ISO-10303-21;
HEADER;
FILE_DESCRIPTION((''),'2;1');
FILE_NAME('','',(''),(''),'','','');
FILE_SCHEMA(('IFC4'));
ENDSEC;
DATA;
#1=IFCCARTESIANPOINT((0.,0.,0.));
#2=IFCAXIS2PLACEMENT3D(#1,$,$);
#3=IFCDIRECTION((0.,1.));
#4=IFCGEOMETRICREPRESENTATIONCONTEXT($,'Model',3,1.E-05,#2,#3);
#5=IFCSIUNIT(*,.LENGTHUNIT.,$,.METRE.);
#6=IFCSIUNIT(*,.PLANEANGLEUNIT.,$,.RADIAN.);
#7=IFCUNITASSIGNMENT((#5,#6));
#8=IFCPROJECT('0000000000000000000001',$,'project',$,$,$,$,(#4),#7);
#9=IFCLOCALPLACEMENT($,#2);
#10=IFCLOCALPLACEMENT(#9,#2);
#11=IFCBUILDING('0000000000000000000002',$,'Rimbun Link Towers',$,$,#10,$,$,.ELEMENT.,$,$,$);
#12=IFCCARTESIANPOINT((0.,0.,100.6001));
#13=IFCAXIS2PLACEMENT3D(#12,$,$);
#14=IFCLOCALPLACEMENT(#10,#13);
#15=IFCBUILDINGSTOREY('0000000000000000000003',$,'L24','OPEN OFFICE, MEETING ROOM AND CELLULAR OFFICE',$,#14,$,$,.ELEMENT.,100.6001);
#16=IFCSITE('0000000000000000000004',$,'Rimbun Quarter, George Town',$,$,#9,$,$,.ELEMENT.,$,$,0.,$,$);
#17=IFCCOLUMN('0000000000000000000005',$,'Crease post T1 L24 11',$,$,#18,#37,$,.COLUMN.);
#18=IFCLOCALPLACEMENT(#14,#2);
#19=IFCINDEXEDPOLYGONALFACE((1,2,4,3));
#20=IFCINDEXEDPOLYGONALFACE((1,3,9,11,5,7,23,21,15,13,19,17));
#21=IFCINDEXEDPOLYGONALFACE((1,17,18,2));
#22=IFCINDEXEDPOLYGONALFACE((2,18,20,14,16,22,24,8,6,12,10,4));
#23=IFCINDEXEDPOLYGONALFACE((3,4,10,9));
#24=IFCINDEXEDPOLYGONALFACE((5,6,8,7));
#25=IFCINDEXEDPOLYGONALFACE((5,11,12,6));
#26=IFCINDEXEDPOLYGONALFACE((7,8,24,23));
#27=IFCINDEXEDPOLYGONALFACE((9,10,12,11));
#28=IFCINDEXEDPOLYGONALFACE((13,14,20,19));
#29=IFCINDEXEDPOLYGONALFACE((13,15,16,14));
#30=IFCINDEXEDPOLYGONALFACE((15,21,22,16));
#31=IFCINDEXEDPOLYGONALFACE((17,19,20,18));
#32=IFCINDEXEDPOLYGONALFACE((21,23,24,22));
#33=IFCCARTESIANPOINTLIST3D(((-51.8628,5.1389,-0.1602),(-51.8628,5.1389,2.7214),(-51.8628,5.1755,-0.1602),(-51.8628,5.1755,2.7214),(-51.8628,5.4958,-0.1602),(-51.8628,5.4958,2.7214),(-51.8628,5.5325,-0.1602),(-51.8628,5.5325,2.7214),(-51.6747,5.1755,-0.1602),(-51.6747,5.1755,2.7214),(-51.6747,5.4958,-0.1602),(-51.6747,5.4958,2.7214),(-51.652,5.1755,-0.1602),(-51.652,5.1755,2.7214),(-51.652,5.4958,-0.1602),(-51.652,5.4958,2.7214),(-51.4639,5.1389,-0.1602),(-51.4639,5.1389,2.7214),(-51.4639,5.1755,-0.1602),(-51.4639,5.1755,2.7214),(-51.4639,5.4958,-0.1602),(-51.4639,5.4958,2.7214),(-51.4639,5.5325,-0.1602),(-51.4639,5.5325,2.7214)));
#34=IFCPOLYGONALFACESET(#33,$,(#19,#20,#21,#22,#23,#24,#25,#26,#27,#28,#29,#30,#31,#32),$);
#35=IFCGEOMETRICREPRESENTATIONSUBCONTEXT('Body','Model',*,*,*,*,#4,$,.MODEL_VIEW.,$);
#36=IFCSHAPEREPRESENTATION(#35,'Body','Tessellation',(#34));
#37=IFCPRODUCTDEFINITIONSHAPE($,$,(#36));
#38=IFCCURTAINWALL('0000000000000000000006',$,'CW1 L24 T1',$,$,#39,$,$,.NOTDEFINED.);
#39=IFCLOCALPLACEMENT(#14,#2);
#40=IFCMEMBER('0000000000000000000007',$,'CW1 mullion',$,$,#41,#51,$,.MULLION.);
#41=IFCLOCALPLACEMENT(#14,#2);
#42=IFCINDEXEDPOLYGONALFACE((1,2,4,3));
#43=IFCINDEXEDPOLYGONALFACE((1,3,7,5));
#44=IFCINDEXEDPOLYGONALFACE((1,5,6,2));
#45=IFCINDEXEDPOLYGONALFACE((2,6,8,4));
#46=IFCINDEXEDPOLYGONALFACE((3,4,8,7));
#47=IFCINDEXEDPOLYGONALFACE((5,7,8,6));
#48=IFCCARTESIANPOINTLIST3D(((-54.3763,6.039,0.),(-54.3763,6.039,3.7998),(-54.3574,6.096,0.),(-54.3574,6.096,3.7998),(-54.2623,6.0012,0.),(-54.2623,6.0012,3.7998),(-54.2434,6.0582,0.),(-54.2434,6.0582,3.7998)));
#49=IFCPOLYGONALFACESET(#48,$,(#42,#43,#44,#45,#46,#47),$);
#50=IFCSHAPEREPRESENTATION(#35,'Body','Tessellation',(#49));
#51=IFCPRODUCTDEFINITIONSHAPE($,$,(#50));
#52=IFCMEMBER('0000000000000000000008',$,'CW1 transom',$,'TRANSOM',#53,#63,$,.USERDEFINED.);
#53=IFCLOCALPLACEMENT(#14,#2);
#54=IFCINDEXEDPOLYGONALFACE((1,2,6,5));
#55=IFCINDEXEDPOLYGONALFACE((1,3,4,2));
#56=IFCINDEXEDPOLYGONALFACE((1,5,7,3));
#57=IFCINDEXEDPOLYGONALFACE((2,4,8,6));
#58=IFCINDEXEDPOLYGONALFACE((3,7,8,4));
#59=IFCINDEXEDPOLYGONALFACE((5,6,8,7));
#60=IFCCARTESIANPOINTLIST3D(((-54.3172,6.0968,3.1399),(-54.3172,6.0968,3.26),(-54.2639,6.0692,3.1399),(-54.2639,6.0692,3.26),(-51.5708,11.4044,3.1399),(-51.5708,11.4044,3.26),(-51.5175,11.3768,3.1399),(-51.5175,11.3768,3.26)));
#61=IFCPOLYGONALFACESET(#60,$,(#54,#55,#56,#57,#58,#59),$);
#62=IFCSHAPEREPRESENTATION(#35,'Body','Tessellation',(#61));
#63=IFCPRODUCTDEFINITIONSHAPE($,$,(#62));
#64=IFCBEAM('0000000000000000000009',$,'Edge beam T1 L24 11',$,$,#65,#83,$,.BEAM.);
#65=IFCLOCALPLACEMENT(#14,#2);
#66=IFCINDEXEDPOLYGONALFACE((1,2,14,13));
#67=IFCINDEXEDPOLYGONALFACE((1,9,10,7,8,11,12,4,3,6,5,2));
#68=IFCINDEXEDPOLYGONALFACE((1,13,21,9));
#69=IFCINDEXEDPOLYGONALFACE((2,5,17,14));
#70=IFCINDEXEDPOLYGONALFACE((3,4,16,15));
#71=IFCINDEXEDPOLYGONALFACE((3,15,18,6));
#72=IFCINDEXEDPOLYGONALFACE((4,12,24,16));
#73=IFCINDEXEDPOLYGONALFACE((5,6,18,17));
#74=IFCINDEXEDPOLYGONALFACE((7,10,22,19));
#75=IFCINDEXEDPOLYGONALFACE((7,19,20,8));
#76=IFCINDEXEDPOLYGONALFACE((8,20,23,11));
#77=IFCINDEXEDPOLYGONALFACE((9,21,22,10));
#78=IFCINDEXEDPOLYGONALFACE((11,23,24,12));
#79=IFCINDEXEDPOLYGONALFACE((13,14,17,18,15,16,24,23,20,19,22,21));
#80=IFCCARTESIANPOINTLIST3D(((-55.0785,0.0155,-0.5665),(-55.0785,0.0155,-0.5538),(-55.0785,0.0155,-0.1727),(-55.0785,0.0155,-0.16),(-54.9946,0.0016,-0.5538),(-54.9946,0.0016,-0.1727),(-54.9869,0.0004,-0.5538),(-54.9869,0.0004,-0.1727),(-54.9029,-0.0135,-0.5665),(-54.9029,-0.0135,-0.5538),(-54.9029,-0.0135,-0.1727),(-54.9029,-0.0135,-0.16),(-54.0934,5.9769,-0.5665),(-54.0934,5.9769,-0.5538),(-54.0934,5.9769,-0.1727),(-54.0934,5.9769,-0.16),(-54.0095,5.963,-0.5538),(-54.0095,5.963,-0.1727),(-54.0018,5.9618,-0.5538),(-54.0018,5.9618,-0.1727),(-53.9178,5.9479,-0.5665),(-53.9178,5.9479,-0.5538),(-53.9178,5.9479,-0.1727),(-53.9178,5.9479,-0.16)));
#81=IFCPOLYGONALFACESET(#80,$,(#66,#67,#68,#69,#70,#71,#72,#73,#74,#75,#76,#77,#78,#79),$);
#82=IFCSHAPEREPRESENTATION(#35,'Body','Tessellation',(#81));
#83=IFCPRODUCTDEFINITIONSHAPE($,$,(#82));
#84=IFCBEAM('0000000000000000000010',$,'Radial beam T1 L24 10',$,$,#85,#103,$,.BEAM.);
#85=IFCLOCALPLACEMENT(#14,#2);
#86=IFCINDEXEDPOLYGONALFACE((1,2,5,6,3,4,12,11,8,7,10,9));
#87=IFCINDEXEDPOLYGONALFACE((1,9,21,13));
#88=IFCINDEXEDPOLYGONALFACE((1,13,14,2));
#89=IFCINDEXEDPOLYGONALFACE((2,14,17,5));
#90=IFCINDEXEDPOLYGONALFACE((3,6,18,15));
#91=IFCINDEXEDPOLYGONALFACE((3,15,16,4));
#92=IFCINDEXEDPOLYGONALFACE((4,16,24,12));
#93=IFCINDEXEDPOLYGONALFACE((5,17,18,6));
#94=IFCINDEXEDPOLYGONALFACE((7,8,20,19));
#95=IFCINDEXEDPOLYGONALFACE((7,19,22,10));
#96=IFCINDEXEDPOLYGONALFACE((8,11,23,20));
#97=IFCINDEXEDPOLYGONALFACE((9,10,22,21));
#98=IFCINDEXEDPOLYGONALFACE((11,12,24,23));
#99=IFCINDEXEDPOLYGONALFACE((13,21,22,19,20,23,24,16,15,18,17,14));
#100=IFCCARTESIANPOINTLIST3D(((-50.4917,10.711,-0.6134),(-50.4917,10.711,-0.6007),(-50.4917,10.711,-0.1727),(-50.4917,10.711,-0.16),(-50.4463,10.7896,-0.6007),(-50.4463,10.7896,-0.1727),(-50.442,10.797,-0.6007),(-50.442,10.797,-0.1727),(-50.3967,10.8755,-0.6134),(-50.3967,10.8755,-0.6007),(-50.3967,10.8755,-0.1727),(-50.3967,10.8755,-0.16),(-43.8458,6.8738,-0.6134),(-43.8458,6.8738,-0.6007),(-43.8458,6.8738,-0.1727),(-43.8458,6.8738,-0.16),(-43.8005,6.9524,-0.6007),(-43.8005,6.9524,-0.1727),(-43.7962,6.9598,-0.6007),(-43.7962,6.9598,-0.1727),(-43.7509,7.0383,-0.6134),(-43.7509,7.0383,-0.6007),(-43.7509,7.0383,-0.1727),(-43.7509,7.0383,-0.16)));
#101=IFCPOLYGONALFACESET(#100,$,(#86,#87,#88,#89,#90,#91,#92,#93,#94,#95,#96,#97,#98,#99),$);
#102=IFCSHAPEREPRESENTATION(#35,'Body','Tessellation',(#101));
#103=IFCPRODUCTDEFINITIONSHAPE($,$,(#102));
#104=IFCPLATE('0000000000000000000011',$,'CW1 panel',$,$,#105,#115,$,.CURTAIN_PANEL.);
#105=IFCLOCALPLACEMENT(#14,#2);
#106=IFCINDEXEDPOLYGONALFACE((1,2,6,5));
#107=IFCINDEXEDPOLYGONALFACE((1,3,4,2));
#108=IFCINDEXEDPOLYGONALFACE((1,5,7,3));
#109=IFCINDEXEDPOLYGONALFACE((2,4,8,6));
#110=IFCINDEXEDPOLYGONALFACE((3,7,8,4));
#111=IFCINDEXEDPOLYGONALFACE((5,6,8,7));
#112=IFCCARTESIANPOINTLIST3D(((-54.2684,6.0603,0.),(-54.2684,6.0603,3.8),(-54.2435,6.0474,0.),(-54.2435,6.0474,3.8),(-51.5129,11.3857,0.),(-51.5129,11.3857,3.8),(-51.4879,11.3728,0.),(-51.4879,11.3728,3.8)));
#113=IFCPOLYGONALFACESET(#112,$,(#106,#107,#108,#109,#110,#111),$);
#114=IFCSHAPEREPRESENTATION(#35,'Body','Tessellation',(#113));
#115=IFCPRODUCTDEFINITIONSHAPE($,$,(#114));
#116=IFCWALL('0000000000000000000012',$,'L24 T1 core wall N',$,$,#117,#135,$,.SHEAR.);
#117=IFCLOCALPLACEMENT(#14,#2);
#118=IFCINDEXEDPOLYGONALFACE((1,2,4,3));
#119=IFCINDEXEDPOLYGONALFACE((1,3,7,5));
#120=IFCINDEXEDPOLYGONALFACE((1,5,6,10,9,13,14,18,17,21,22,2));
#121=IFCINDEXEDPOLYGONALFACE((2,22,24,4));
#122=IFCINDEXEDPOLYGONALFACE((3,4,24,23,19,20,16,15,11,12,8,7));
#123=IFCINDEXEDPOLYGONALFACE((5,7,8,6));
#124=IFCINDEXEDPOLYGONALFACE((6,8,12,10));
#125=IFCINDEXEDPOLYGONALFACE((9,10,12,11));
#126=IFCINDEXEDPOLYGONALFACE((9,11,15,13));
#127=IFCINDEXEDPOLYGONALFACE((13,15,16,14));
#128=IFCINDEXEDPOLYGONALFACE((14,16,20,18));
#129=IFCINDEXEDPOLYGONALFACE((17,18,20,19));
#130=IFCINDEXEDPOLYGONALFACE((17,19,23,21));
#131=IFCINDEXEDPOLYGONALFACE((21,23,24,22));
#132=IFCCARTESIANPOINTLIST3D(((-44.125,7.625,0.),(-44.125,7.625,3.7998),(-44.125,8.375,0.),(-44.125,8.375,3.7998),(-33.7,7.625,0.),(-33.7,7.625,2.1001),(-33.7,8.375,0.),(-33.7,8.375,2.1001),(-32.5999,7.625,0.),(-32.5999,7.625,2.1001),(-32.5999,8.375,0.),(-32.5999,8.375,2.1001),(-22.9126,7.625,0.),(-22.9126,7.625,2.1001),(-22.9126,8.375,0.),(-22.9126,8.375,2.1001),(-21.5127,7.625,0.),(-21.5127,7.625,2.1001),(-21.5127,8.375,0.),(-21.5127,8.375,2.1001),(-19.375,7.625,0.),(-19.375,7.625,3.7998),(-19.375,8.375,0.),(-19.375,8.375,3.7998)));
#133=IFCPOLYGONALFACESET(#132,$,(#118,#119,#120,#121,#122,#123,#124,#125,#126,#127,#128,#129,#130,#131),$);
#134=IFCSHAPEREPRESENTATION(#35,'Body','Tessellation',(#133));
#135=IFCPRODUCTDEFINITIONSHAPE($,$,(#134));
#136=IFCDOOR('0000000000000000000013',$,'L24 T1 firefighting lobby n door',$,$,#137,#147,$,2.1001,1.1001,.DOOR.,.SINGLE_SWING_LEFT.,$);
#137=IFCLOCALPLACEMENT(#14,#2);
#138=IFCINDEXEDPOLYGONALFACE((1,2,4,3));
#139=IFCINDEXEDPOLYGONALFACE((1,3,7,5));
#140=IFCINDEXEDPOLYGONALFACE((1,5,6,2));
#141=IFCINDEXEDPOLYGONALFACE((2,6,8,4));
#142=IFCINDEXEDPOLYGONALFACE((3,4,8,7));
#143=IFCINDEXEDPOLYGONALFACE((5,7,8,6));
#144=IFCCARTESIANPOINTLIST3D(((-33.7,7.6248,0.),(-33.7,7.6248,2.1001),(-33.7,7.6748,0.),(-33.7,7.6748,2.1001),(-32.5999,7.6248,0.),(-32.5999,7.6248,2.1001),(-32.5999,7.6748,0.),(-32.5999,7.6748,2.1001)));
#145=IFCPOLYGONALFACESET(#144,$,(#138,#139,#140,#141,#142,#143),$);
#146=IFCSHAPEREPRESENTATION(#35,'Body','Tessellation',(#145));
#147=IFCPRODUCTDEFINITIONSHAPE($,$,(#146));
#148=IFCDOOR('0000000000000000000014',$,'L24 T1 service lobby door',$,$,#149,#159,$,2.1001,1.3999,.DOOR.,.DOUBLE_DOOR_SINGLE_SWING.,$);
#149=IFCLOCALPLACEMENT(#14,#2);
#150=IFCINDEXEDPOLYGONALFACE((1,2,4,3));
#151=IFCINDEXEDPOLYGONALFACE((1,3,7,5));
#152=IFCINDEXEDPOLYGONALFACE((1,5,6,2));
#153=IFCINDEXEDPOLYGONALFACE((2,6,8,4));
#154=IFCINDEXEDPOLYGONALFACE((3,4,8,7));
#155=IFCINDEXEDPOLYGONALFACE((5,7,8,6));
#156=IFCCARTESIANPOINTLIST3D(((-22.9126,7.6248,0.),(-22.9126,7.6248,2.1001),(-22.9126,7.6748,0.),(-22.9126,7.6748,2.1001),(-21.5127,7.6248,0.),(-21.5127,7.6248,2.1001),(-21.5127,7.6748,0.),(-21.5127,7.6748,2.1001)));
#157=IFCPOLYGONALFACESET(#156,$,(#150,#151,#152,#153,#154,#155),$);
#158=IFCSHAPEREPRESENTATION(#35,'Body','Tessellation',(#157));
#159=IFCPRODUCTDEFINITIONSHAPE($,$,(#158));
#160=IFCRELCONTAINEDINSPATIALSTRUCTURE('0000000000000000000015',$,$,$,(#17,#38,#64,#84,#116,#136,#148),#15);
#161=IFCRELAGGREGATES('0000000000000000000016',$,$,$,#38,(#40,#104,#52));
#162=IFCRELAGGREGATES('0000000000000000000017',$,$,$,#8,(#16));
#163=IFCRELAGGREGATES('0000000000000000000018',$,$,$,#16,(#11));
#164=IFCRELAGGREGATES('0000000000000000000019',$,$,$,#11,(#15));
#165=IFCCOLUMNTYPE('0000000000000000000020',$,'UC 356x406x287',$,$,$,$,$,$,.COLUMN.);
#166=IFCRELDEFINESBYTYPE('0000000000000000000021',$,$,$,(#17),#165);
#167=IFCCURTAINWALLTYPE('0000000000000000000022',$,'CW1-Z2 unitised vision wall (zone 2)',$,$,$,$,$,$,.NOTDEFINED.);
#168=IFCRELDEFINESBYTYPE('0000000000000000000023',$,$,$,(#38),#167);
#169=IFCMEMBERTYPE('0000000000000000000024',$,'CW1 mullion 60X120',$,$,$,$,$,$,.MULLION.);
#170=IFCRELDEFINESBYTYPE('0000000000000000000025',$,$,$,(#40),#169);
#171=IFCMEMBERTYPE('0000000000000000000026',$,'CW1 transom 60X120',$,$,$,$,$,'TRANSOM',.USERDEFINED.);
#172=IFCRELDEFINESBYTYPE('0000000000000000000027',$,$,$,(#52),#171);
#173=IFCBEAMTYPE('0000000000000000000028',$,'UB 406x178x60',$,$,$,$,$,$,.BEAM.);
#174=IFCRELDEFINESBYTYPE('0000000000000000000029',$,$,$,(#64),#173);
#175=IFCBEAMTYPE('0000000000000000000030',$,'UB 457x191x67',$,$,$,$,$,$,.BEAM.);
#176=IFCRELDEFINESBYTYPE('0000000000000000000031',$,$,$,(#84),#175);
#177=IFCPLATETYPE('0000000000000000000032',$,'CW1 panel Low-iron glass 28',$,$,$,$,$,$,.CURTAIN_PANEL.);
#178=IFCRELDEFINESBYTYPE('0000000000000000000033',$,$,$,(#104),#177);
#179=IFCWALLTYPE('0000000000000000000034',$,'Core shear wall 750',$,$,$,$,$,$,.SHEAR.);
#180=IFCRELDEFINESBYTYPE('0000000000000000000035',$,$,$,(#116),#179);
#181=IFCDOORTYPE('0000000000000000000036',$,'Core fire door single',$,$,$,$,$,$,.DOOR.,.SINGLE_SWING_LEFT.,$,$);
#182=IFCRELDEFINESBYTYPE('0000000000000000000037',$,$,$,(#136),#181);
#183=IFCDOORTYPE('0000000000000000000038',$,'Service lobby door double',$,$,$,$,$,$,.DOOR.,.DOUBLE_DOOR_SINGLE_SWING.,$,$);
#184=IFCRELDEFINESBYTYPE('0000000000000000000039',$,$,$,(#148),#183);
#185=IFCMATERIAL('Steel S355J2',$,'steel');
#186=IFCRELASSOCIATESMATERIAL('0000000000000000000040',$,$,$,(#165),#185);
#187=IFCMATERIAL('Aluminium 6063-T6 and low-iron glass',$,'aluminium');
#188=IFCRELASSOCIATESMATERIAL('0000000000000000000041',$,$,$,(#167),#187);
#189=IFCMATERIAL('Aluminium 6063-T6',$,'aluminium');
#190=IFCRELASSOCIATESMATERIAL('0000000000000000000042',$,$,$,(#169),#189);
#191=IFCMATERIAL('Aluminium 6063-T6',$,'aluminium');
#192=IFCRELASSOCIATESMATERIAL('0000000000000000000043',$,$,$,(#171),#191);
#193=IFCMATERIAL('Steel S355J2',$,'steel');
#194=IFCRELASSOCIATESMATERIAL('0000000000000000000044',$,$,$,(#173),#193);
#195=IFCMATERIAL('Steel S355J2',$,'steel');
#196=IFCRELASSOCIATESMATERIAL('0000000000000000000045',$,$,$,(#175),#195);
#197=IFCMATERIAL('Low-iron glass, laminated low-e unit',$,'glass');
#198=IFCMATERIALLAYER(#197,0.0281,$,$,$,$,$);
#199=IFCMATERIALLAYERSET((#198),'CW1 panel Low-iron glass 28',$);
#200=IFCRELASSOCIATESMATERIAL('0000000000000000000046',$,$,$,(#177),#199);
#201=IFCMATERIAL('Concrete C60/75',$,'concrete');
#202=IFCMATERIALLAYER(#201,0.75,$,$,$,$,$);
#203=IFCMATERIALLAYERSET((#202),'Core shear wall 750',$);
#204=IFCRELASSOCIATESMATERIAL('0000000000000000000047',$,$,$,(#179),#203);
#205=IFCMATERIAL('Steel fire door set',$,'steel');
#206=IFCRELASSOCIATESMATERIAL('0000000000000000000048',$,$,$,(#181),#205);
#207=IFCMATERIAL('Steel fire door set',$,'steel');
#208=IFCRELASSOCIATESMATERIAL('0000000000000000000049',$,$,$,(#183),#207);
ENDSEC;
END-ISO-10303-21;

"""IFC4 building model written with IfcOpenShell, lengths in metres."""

from ifc_helpers import new_model, si_unit, direction, frame, frame_2d, origin, origin_2d, place, context, subcontext, project, spatial, rectangle, i_section, extrude, material, layer, layer_set, material_profile, profile_set, type_object, element, fill, aggregate, save


model = new_model("IFC4")

# Units and contexts
model_context = context("Model", 3, precision=1e-05, world=origin(), true_north=direction((0.0, 1.0)))
body_context = subcontext(model_context, "Body", "Model", "MODEL_VIEW")
ifc_project = project(units=[si_unit("LENGTHUNIT", "METRE"), si_unit("PLANEANGLEUNIT", "RADIAN")], contexts=[model_context])

# Site, building, storey
site_placement = place(None, origin())
site = spatial("IfcSite", under=ifc_project, at=site_placement, Name="Rimbun Quarter, George Town", CompositionType="ELEMENT", RefElevation=0.0)
building_placement = place(site_placement, origin())
building = spatial("IfcBuilding", under=site, at=building_placement, Name="Rimbun Link Towers", CompositionType="ELEMENT")
storey_placement = place(building_placement, frame((0.0, 0.0, 100.6001)))
storey = spatial("IfcBuildingStorey", under=building, at=storey_placement, Name="L24", Description="OPEN OFFICE, MEETING ROOM AND CELLULAR OFFICE", CompositionType="ELEMENT", Elevation=100.6001)

# Column
ifc_material_1 = material(Name="Steel S355J2", Category="steel")
ifc_material_profile_1 = material_profile(ifc_material_1, i_section(OverallWidth=0.3989, OverallDepth=0.3936, WebThickness=0.0227, FlangeThickness=0.0366, at=origin_2d()), Name="UC 356x406x287")
ifc_profile_set_1 = profile_set([ifc_material_profile_1], Name="Steel S355J2")
column_type = type_object("IfcColumnType", Name="UC 356x406x287", PredefinedType="COLUMN", material=ifc_profile_set_1)
column_placement = place(storey_placement, frame((-51.6633, 5.3357, -0.1602), z_axis=(0.0, 0.0, 1.0), x_axis=(1.0, 0.0, 0.0)))
element("IfcColumn", 1, at=column_placement, inside=storey, type_object=column_type, Name="Crease post T1 L24 11", PredefinedType="COLUMN", context=body_context, shape_type="SweptSolid", body=[
    extrude(i_section(OverallWidth=0.3989, OverallDepth=0.3936, WebThickness=0.0227, FlangeThickness=0.0366, at=origin_2d()), origin(), (0.0, 0.0, 1.0), 2.8816),
])

# Curtain wall, members
ifc_material_2 = material(Name="Aluminium 6063-T6 and low-iron glass", Category="aluminium")
curtain_wall_type = type_object("IfcCurtainWallType", Name="CW1-Z2 unitised vision wall (zone 2)", PredefinedType="NOTDEFINED", material=ifc_material_2)
curtain_wall_placement = place(storey_placement, origin())
curtain_wall = element("IfcCurtainWall", 2, at=curtain_wall_placement, inside=storey, type_object=curtain_wall_type, Name="CW1 L24 T1", PredefinedType="NOTDEFINED")
ifc_material_3 = material(Name="Aluminium 6063-T6", Category="aluminium")
ifc_material_profile_2 = material_profile(ifc_material_3, rectangle(XDim=0.1201, YDim=0.0601, at=origin_2d()), Name="MULLION 60X120")
ifc_profile_set_2 = profile_set([ifc_material_profile_2], Name="Aluminium 6063-T6")
member_type_1 = type_object("IfcMemberType", Name="CW1 mullion 60X120", PredefinedType="MULLION", material=ifc_profile_set_2)
member_1_placement = place(storey_placement, frame((-54.3098, 6.0486, 0.0), z_axis=(0.0, 0.0, 1.0), x_axis=(-0.949161, 0.314792, 0.0)))
member_1 = element("IfcMember", 3, at=member_1_placement, type_object=member_type_1, Name="CW1 mullion", PredefinedType="MULLION", context=body_context, shape_type="SweptSolid", body=[
    extrude(rectangle(XDim=0.1201, YDim=0.0601, at=origin_2d()), origin(), (0.0, 0.0, 1.0), 3.7998),
])
ifc_material_4 = material(Name="Aluminium 6063-T6", Category="aluminium")
ifc_material_profile_3 = material_profile(ifc_material_4, rectangle(XDim=0.0601, YDim=0.1201, at=origin_2d()), Name="TRANSOM 60X120")
ifc_profile_set_3 = profile_set([ifc_material_profile_3], Name="Aluminium 6063-T6")
member_type_2 = type_object("IfcMemberType", Name="CW1 transom 60X120", ElementType="TRANSOM", PredefinedType="USERDEFINED", material=ifc_profile_set_3)
member_2_placement = place(storey_placement, frame((-54.2905, 6.083, 3.2), z_axis=(0.459557, 0.888148, 0.0), x_axis=(-0.888148, 0.459557, 0.0)))
member_2 = element("IfcMember", 4, at=member_2_placement, type_object=member_type_2, Name="CW1 transom", ObjectType="TRANSOM", PredefinedType="USERDEFINED", context=body_context, shape_type="SweptSolid", body=[
    extrude(rectangle(XDim=0.0601, YDim=0.1201, at=origin_2d()), origin(), (0.0, 0.0, 1.0), 5.9761),
])

# Beams
ifc_material_5 = material(Name="Steel S355J2", Category="steel")
ifc_material_profile_4 = material_profile(ifc_material_5, i_section(OverallWidth=0.178, OverallDepth=0.4065, WebThickness=0.0078, FlangeThickness=0.0127, at=origin_2d()), Name="UB 406x178x60")
ifc_profile_set_4 = profile_set([ifc_material_profile_4], Name="Steel S355J2")
beam_type_1 = type_object("IfcBeamType", Name="UB 406x178x60", PredefinedType="BEAM", material=ifc_profile_set_4)
beam_1_placement = place(storey_placement, frame((-54.0056, 5.9624, -0.3633), z_axis=(-0.163036, -0.98662, 0.0), x_axis=(0.98662, -0.163036, 0.0)))
element("IfcBeam", 5, at=beam_1_placement, inside=storey, type_object=beam_type_1, Name="Edge beam T1 L24 11", PredefinedType="BEAM", context=body_context, shape_type="SweptSolid", body=[
    extrude(i_section(OverallWidth=0.178, OverallDepth=0.4065, WebThickness=0.0078, FlangeThickness=0.0127, at=origin_2d()), origin(), (0.0, 0.0, 1.0), 6.0422),
])
ifc_material_6 = material(Name="Steel S355J2", Category="steel")
ifc_material_profile_5 = material_profile(ifc_material_6, i_section(OverallWidth=0.1899, OverallDepth=0.4534, WebThickness=0.0085, FlangeThickness=0.0127, at=origin_2d()), Name="UB 457x191x67")
ifc_profile_set_5 = profile_set([ifc_material_profile_5], Name="Steel S355J2")
beam_type_2 = type_object("IfcBeamType", Name="UB 457x191x67", PredefinedType="BEAM", material=ifc_profile_set_5)
beam_2_placement = place(storey_placement, frame((-43.7983, 6.9561, -0.3867), z_axis=(-0.866012, 0.500023, 0.0), x_axis=(-0.500023, -0.866012, 0.0)))
element("IfcBeam", 6, at=beam_2_placement, inside=storey, type_object=beam_type_2, Name="Radial beam T1 L24 10", PredefinedType="BEAM", context=body_context, shape_type="SweptSolid", body=[
    extrude(i_section(OverallWidth=0.1899, OverallDepth=0.4534, WebThickness=0.0085, FlangeThickness=0.0127, at=origin_2d()), origin(), (0.0, 0.0, 1.0), 7.6741),
])

# Plate
ifc_material_7 = material(Name="Low-iron glass, laminated low-e unit", Category="glass")
ifc_layer_1 = layer(ifc_material_7, 0.0281)
ifc_layer_set_1 = layer_set([ifc_layer_1], Name="CW1 panel Low-iron glass 28")
plate_type = type_object("IfcPlateType", Name="CW1 panel Low-iron glass 28", PredefinedType="CURTAIN_PANEL", material=ifc_layer_set_1)
plate_placement = place(storey_placement, frame((-52.8782, 8.7166, 0.0), z_axis=(0.0, 0.0, 1.0), x_axis=(0.459556, 0.888149, 0.0)))
plate = element("IfcPlate", 7, at=plate_placement, type_object=plate_type, Name="CW1 panel", PredefinedType="CURTAIN_PANEL", context=body_context, shape_type="SweptSolid", body=[
    extrude(rectangle(XDim=5.9961, YDim=0.0281, at=origin_2d()), origin(), (0.0, 0.0, 1.0), 3.8),
])
aggregate(curtain_wall, [member_1, plate, member_2])

# Wall, openings, doors
ifc_material_8 = material(Name="Concrete C60/75", Category="concrete")
ifc_layer_2 = layer(ifc_material_8, 0.75)
ifc_layer_set_2 = layer_set([ifc_layer_2], Name="Core shear wall 750")
wall_type_1 = type_object("IfcWallType", Name="Core shear wall 750", PredefinedType="SHEAR", material=ifc_layer_set_2)
wall_1_placement = place(storey_placement, frame((-44.125, 8.0, 0.0), z_axis=(0.0, 0.0, 1.0), x_axis=(1.0, 0.0, 0.0)))
wall_1 = element("IfcWall", 8, at=wall_1_placement, inside=storey, type_object=wall_type_1, Name="L24 T1 core wall N", PredefinedType="SHEAR", context=body_context, shape_type="SweptSolid", body=[
    extrude(rectangle(XDim=24.75, YDim=0.75, at=frame_2d((12.375, 0.0))), origin(), (0.0, 0.0, 1.0), 3.7998),
])
opening_1_placement = place(wall_1_placement, frame((10.425, 0.0, 0.0)))
opening_1 = element("IfcOpeningElement", 9, at=opening_1_placement, cuts=wall_1, PredefinedType="OPENING", context=body_context, shape_type="SweptSolid", body=[
    extrude(rectangle(XDim=1.1001, YDim=2.1001, at=frame_2d((0.55, 1.05))), frame((0.0, 0.385, 0.0), z_axis=(0.0, -1.0, 0.0), x_axis=(1.0, 0.0, 0.0)), (0.0, 0.0, 1.0), 0.77),
])
opening_2_placement = place(wall_1_placement, frame((21.2124, 0.0, 0.0)))
opening_2 = element("IfcOpeningElement", 10, at=opening_2_placement, cuts=wall_1, PredefinedType="OPENING", context=body_context, shape_type="SweptSolid", body=[
    extrude(rectangle(XDim=1.3999, YDim=2.1001, at=frame_2d((0.7, 1.05))), frame((0.0, 0.385, 0.0), z_axis=(0.0, -1.0, 0.0), x_axis=(1.0, 0.0, 0.0)), (0.0, 0.0, 1.0), 0.77),
])
ifc_material_9 = material(Name="Steel fire door set", Category="steel")
door_type_1 = type_object("IfcDoorType", Name="Core fire door single", OperationType="SINGLE_SWING_LEFT", PredefinedType="DOOR", material=ifc_material_9)
door_1_placement = place(opening_1_placement, origin())
door_1 = element("IfcDoor", 11, at=door_1_placement, inside=storey, type_object=door_type_1, Name="L24 T1 firefighting lobby n door", OperationType="SINGLE_SWING_LEFT", OverallHeight=2.1001, OverallWidth=1.1001, PredefinedType="DOOR", context=body_context, shape_type="SweptSolid", body=[
    extrude(rectangle(XDim=1.1001, YDim=2.1001, at=frame_2d((0.55, 1.05))), frame((0.0, -0.3252, 0.0), z_axis=(0.0, -1.0, 0.0), x_axis=(1.0, 0.0, 0.0)), (0.0, 0.0, 1.0), 0.05),
])
fill(opening_1, door_1)
ifc_material_10 = material(Name="Steel fire door set", Category="steel")
door_type_2 = type_object("IfcDoorType", Name="Service lobby door double", OperationType="DOUBLE_DOOR_SINGLE_SWING", PredefinedType="DOOR", material=ifc_material_10)
door_2_placement = place(opening_2_placement, origin())
door_2 = element("IfcDoor", 12, at=door_2_placement, inside=storey, type_object=door_type_2, Name="L24 T1 service lobby door", OperationType="DOUBLE_DOOR_SINGLE_SWING", OverallHeight=2.1001, OverallWidth=1.3999, PredefinedType="DOOR", context=body_context, shape_type="SweptSolid", body=[
    extrude(rectangle(XDim=1.3999, YDim=2.1001, at=frame_2d((0.7, 1.05))), frame((0.0, -0.3252, 0.0), z_axis=(0.0, -1.0, 0.0), x_axis=(1.0, 0.0, 0.0)), (0.0, 0.0, 1.0), 0.05),
])
fill(opening_2, door_2)

save(model, "model.ifc")
